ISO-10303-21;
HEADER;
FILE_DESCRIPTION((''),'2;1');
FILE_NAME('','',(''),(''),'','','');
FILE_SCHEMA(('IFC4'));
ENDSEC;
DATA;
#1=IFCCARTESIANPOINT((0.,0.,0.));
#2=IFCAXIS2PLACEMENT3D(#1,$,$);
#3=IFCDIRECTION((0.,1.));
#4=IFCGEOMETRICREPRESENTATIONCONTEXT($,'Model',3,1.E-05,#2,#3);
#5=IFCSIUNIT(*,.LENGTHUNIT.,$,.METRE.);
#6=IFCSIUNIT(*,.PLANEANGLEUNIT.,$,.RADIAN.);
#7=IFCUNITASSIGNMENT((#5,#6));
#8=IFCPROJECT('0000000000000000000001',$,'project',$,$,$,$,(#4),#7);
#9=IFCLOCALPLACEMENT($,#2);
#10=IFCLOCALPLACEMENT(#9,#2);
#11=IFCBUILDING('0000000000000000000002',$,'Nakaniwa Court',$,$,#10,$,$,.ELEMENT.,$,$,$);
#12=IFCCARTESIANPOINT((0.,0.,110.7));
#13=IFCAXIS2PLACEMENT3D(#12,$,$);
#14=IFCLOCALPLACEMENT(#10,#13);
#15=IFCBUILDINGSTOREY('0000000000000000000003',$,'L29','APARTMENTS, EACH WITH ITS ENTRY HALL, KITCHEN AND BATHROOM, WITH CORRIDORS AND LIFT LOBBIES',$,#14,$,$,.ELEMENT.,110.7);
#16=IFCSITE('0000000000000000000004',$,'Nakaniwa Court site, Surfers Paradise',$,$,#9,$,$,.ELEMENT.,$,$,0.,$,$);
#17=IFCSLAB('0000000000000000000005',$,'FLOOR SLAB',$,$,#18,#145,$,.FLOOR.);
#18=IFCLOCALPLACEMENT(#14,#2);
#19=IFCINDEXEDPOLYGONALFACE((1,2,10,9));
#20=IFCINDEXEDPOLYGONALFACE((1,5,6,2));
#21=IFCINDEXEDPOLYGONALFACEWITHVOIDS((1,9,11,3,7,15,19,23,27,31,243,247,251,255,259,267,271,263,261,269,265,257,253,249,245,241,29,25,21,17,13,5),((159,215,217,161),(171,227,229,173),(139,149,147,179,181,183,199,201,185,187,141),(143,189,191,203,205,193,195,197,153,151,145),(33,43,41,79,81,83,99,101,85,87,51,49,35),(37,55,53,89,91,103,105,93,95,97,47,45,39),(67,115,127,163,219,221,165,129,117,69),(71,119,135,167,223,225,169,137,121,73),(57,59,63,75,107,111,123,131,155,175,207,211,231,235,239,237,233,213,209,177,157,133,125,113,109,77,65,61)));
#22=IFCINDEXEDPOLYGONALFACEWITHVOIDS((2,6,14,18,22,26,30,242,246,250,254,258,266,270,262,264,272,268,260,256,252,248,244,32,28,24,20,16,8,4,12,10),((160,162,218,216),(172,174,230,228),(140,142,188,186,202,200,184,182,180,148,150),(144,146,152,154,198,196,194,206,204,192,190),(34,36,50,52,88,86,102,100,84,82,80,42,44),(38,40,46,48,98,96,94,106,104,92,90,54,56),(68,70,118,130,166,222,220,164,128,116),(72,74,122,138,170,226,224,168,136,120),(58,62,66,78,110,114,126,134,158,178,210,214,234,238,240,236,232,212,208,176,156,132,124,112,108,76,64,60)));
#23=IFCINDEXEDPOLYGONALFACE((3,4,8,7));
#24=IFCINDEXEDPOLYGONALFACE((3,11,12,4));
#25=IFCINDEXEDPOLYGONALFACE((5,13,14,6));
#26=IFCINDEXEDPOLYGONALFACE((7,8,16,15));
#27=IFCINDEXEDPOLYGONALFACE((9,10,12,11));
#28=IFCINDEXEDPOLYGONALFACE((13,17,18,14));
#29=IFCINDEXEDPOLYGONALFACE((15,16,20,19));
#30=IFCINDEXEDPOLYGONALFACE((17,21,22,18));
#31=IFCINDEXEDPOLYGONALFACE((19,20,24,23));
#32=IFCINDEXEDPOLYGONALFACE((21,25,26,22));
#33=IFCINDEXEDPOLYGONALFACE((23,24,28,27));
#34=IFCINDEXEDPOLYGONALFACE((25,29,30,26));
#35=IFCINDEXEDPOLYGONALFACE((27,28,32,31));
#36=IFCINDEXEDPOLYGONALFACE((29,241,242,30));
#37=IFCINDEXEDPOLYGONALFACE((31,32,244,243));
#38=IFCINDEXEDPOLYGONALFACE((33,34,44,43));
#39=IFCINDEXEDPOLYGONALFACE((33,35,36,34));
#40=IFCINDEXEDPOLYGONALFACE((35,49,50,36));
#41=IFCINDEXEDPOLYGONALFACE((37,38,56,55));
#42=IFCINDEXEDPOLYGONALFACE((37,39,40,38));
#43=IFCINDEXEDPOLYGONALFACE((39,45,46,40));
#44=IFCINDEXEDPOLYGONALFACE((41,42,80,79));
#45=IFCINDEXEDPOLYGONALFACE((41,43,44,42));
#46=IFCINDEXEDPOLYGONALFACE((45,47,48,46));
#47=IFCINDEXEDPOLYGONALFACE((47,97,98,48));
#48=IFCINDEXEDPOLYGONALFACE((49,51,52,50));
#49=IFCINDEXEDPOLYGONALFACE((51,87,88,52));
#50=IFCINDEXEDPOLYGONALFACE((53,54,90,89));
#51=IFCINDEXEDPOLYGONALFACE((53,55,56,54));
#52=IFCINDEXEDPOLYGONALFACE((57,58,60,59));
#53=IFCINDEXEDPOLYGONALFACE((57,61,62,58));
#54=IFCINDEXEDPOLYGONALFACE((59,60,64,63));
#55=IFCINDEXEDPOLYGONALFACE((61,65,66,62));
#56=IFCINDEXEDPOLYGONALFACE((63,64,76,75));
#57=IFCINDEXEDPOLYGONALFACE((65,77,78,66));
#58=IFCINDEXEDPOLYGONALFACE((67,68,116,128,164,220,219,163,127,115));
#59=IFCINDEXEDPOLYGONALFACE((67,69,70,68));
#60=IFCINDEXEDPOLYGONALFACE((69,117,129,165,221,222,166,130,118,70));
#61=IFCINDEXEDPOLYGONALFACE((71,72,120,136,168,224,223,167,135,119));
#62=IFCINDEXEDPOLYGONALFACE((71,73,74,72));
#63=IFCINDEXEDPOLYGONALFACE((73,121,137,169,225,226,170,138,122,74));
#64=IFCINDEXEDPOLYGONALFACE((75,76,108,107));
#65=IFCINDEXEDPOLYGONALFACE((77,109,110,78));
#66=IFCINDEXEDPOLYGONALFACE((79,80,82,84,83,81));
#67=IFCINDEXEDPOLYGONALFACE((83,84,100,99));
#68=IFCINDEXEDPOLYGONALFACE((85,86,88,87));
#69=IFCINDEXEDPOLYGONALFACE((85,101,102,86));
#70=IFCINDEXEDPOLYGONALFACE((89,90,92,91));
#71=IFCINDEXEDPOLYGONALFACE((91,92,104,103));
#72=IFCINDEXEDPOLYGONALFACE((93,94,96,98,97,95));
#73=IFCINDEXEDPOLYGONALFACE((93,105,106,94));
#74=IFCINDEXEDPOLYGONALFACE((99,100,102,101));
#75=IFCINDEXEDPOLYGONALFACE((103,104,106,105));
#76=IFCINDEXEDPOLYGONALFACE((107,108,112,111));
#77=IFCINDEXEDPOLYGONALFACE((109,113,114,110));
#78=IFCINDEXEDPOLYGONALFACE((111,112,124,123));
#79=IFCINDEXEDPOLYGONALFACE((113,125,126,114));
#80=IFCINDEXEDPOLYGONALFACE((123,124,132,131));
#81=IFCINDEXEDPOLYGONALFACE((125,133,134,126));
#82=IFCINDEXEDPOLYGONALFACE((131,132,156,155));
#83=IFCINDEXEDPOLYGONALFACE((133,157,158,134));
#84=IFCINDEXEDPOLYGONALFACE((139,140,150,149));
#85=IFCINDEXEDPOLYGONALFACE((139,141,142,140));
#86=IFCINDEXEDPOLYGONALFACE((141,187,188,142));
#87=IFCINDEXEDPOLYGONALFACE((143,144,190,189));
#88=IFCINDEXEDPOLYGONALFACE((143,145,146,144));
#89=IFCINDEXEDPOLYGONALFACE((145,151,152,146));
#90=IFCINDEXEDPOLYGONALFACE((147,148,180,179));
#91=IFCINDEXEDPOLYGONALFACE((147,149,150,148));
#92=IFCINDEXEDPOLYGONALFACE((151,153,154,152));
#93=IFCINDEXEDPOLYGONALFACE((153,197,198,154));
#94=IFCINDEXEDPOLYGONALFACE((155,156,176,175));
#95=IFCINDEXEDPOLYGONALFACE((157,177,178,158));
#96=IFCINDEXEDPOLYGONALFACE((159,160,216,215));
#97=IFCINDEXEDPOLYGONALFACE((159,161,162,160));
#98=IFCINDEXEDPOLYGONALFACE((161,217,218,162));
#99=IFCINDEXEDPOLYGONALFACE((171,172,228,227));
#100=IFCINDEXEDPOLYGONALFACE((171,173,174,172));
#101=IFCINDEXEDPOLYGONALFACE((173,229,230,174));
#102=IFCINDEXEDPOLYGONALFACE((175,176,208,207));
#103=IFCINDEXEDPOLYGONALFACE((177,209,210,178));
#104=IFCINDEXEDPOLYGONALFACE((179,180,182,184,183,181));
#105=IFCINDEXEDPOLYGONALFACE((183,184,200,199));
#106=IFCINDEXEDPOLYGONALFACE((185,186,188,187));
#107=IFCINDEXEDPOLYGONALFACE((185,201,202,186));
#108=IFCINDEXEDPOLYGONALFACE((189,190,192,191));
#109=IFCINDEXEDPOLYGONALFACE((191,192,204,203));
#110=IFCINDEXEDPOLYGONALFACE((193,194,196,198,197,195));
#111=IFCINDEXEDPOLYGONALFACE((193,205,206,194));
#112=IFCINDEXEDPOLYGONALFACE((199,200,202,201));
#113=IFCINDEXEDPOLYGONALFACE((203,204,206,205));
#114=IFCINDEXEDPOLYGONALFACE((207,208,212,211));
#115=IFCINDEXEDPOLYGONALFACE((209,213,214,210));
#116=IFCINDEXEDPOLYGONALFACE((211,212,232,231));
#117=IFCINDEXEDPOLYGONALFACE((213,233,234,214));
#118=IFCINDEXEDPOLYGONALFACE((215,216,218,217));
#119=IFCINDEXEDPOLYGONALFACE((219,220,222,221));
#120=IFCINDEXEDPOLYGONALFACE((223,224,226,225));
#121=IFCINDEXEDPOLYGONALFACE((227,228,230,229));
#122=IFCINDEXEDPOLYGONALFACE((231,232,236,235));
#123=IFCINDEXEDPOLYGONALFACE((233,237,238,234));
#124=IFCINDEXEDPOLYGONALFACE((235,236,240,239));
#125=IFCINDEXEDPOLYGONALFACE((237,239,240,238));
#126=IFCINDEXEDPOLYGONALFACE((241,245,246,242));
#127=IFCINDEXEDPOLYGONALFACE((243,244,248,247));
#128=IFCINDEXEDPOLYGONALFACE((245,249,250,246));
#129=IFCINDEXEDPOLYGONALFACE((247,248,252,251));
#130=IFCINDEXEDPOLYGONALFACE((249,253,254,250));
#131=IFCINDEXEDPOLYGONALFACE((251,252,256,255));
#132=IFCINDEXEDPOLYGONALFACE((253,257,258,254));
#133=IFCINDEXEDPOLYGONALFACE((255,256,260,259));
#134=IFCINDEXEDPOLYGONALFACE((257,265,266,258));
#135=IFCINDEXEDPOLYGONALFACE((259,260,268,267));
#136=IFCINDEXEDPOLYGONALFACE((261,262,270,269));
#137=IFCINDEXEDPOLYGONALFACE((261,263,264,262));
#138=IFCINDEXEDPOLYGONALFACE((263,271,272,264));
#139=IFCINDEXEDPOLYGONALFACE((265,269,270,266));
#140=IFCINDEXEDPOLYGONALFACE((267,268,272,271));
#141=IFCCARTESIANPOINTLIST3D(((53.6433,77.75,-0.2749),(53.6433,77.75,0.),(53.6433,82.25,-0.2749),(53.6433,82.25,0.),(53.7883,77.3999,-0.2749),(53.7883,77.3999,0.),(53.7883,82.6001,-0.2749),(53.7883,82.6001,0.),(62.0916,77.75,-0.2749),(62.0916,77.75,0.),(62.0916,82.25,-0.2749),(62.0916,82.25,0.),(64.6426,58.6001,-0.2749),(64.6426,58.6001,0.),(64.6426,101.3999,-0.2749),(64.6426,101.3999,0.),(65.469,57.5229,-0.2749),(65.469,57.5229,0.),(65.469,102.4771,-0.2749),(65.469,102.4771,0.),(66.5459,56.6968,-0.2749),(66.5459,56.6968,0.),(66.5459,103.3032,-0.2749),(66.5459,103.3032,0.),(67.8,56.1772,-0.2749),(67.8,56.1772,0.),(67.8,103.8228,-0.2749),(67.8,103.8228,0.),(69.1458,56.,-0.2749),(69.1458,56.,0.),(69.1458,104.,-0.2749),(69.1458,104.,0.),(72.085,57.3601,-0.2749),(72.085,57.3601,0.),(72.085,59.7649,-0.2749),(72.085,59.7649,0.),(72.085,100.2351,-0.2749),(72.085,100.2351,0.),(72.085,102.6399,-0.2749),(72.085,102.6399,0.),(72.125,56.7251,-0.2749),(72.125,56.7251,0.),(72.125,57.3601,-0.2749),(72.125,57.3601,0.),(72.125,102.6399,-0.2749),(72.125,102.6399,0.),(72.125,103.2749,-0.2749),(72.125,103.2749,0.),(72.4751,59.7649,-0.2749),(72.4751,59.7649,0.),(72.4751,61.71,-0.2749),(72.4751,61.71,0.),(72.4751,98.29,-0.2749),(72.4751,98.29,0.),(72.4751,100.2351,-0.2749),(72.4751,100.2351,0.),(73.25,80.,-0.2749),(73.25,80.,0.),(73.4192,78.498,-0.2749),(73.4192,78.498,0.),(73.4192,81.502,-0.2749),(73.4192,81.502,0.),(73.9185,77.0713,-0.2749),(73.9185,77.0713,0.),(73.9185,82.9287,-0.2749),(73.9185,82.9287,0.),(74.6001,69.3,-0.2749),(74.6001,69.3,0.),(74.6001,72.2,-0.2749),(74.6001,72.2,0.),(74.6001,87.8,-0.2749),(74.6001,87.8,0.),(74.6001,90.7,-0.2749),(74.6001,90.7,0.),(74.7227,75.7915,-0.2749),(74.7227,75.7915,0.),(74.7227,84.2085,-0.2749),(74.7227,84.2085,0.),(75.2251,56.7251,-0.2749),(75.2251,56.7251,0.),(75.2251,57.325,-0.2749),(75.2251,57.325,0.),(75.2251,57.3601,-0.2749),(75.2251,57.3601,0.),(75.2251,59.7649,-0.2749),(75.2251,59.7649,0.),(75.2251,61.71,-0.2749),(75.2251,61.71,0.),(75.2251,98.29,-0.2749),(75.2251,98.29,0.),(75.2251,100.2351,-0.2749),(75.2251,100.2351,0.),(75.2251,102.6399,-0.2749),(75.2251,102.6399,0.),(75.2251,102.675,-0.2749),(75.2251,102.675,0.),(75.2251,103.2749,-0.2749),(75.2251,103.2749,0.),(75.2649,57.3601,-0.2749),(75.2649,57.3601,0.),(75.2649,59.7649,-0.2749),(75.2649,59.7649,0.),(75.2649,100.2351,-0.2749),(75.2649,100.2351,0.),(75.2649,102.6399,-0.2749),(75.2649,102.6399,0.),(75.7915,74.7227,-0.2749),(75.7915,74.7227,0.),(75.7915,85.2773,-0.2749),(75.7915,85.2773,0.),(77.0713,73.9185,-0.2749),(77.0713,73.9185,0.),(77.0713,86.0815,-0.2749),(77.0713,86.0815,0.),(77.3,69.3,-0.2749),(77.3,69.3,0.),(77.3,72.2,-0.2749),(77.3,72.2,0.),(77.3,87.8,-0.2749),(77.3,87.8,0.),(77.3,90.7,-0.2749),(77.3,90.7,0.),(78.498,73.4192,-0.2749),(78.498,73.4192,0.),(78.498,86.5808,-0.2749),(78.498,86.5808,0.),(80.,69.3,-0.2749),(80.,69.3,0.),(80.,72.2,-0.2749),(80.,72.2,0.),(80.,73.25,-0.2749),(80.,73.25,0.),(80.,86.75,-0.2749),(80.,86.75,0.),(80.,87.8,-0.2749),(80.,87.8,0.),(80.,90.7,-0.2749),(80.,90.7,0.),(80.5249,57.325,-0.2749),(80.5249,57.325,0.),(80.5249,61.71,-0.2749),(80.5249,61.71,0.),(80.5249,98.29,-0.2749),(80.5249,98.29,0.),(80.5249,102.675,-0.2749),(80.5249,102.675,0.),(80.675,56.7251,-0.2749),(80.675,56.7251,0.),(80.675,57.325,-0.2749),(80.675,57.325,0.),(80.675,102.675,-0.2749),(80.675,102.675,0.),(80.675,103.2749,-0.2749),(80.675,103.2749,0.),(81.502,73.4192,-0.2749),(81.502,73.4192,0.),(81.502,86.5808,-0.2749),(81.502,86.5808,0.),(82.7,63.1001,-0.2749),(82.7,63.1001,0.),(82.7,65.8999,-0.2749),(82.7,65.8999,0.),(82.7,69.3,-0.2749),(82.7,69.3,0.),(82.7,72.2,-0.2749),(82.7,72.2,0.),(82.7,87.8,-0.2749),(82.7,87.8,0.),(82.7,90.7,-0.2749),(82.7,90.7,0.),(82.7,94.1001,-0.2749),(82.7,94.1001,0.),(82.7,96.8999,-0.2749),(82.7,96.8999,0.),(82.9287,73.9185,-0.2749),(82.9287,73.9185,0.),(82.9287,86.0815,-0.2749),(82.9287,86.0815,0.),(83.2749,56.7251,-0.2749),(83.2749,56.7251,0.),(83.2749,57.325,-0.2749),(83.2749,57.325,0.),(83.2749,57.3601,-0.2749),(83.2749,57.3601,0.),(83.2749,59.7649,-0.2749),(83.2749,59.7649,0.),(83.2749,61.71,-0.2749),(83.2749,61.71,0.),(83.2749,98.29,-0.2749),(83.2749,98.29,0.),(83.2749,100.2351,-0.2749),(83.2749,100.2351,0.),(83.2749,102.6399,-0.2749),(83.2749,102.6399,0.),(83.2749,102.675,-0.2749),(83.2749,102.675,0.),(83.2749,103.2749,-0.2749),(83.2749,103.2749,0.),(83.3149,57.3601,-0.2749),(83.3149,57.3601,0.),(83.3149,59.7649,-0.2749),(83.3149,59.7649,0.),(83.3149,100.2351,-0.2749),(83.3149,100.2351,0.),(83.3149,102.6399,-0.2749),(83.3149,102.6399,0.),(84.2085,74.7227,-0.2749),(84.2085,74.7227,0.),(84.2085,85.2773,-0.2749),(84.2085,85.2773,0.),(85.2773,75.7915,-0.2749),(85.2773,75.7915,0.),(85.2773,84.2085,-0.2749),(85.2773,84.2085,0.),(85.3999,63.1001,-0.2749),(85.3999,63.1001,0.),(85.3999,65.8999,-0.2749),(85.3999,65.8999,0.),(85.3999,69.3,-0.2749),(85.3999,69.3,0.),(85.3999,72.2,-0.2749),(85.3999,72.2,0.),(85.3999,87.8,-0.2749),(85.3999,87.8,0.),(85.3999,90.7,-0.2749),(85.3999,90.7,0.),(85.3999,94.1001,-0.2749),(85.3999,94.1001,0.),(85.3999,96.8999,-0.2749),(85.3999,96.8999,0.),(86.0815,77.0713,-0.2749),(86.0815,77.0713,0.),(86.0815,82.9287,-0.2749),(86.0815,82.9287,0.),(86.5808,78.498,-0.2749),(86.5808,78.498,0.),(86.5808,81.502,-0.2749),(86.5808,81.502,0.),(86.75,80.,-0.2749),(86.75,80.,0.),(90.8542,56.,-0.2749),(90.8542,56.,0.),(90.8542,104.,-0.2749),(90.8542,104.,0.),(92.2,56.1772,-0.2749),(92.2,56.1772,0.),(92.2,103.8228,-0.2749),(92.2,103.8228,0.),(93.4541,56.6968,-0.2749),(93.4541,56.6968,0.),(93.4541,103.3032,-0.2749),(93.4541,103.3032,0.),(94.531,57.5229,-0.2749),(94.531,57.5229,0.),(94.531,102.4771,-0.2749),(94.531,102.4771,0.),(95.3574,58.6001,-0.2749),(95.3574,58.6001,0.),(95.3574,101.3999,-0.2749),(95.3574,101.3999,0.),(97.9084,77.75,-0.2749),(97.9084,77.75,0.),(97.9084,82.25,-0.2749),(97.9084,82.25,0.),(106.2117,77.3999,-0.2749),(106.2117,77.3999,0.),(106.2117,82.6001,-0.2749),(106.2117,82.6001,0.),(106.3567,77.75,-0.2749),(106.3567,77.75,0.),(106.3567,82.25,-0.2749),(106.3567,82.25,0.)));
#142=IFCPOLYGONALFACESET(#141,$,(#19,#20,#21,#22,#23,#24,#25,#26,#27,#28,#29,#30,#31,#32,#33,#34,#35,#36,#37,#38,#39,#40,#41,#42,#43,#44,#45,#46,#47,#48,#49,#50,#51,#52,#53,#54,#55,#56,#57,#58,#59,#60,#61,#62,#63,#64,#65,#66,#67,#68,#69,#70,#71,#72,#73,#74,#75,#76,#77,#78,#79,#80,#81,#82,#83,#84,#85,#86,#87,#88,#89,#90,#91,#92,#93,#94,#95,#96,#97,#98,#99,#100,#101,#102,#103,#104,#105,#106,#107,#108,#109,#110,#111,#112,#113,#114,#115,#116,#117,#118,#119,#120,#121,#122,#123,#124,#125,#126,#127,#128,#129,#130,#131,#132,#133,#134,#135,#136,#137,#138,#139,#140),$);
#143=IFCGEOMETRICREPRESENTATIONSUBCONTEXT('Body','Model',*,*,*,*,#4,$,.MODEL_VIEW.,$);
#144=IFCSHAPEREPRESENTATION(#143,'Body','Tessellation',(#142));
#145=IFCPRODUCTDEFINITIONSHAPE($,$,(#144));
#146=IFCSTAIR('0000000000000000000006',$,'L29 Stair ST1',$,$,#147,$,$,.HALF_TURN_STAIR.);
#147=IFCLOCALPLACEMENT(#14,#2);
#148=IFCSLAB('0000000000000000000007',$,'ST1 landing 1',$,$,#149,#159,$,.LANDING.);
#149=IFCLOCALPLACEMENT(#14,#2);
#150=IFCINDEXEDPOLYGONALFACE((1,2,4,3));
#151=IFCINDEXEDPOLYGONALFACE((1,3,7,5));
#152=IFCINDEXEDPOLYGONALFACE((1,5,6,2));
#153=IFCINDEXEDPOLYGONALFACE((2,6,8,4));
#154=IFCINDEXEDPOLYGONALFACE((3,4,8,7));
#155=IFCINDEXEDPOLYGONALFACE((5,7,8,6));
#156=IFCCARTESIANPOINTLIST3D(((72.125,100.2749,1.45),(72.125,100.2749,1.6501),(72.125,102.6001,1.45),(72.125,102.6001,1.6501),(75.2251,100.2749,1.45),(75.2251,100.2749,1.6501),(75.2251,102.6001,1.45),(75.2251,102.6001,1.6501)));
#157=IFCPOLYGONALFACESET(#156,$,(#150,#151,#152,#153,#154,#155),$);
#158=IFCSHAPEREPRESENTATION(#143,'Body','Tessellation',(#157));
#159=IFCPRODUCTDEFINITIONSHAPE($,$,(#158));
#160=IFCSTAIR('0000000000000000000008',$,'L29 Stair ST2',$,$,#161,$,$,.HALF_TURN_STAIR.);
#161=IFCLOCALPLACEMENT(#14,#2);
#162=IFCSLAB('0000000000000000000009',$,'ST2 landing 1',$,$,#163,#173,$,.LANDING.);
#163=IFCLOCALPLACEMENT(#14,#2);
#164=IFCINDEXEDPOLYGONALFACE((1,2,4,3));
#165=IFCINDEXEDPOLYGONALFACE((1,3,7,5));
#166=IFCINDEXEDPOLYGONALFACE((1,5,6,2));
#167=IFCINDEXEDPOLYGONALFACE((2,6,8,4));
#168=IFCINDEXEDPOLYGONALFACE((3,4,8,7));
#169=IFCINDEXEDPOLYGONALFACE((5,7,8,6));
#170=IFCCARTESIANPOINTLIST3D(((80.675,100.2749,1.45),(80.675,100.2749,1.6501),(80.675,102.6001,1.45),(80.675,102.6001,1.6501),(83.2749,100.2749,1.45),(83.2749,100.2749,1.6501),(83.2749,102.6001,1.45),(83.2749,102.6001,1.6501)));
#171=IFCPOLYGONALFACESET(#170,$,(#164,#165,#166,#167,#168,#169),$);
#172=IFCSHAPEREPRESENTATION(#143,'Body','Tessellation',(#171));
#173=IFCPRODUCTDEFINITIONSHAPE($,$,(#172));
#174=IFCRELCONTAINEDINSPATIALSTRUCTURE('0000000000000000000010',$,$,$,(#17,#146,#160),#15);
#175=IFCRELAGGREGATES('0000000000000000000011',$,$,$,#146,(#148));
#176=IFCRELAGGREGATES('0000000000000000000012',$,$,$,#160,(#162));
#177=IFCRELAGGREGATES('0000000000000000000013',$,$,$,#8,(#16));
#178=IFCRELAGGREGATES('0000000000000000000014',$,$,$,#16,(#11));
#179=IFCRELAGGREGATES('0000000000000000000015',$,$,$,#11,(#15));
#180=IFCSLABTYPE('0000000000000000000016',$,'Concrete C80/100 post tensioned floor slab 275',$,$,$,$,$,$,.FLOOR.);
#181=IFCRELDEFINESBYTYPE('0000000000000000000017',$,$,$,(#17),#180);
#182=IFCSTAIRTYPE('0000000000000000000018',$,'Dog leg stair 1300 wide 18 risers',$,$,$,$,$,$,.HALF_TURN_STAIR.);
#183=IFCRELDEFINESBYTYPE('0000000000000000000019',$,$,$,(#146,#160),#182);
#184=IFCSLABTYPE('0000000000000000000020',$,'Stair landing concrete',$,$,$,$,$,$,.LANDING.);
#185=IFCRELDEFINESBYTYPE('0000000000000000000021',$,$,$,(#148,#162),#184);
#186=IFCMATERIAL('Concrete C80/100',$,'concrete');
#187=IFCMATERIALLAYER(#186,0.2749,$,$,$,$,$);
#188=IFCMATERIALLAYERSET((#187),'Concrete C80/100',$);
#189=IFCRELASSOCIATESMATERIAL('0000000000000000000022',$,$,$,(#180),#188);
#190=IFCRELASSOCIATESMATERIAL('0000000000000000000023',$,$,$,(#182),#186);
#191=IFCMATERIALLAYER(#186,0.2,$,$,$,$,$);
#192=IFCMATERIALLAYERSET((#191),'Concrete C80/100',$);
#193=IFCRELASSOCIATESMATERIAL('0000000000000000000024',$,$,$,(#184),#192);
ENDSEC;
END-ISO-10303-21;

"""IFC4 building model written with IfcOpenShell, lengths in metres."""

from ifc_helpers import new_model, si_unit, direction, frame, origin, place, context, subcontext, project, spatial, polyline, outline, extrude, material, layer, layer_set, type_object, element, aggregate, save


model = new_model("IFC4")

# Units and contexts
model_context = context("Model", 3, precision=1e-05, world=origin(), true_north=direction((0.0, 1.0)))
body_context = subcontext(model_context, "Body", "Model", "MODEL_VIEW")
ifc_project = project(units=[si_unit("LENGTHUNIT", "METRE"), si_unit("PLANEANGLEUNIT", "RADIAN")], contexts=[model_context])

# Site, building, storey
site_placement = place(None, origin())
site = spatial("IfcSite", under=ifc_project, at=site_placement, Name="Nakaniwa Court site, Surfers Paradise", CompositionType="ELEMENT", RefElevation=0.0)
building_placement = place(site_placement, origin())
building = spatial("IfcBuilding", under=site, at=building_placement, Name="Nakaniwa Court", CompositionType="ELEMENT")
storey_placement = place(building_placement, frame((0.0, 0.0, 110.7)))
storey = spatial("IfcBuildingStorey", under=building, at=storey_placement, Name="L29", Description="APARTMENTS, EACH WITH ITS ENTRY HALL, KITCHEN AND BATHROOM, WITH CORRIDORS AND LIFT LOBBIES", CompositionType="ELEMENT", Elevation=110.7)

# Shared definitions
ifc_material_1 = material(Name="Concrete C80/100", Category="concrete")

# Slab
ifc_layer_1 = layer(ifc_material_1, 0.2749)
ifc_layer_set_1 = layer_set([ifc_layer_1], Name="Concrete C80/100")
slab_type_1 = type_object("IfcSlabType", Name="Concrete C80/100 post tensioned floor slab 275", PredefinedType="FLOOR", material=ifc_layer_set_1)
slab_1_placement = place(storey_placement, frame((0.0, 0.0, -0.2749)))
element("IfcSlab", 1, at=slab_1_placement, inside=storey, type_object=slab_type_1, Name="FLOOR SLAB", PredefinedType="FLOOR", context=body_context, shape_type="SweptSolid", body=[
    extrude(outline(polyline([(97.9084, 82.25), (106.3567, 82.25), (106.2117, 82.6001), (95.3574, 101.3999), (94.531, 102.4771), (93.4541, 103.3032), (92.2, 103.8228), (90.8542, 104.0), (69.1458, 104.0), (67.8, 103.8228), (66.5459, 103.3032), (65.469, 102.4771), (64.6426, 101.3999), (53.7883, 82.6001), (53.6433, 82.25), (62.0916, 82.25), (62.0916, 77.75), (53.6433, 77.75), (53.7883, 77.3999), (64.6426, 58.6001), (65.469, 57.5229), (66.5459, 56.6968), (67.8, 56.1772), (69.1458, 56.0), (90.8542, 56.0), (92.2, 56.1772), (93.4541, 56.6968), (94.531, 57.5229), (95.3574, 58.6001), (106.2117, 77.3999), (106.3567, 77.75), (97.9084, 77.75), (97.9084, 82.25)]), holes=[polyline([(81.502, 86.5808), (80.0, 86.75), (78.498, 86.5808), (77.0713, 86.0815), (75.7915, 85.2773), (74.7227, 84.2085), (73.9185, 82.9287), (73.4192, 81.502), (73.25, 80.0), (73.4192, 78.498), (73.9185, 77.0713), (74.7227, 75.7915), (75.7915, 74.7227), (77.0713, 73.9185), (78.498, 73.4192), (80.0, 73.25), (81.502, 73.4192), (82.9287, 73.9185), (84.2085, 74.7227), (85.2773, 75.7915), (86.0815, 77.0713), (86.5808, 78.498), (86.75, 80.0), (86.5808, 81.502), (86.0815, 82.9287), (85.2773, 84.2085), (84.2085, 85.2773), (82.9287, 86.0815), (81.502, 86.5808)]), polyline([(75.2649, 57.3601), (75.2649, 59.7649), (75.2251, 59.7649), (75.2251, 61.71), (72.4751, 61.71), (72.4751, 59.7649), (72.085, 59.7649), (72.085, 57.3601), (72.125, 57.3601), (72.125, 56.7251), (75.2251, 56.7251), (75.2251, 57.325), (75.2251, 57.3601), (75.2649, 57.3601)]), polyline([(80.0, 69.3), (82.7, 69.3), (85.3999, 69.3), (85.3999, 72.2), (82.7, 72.2), (80.0, 72.2), (77.3, 72.2), (74.6001, 72.2), (74.6001, 69.3), (77.3, 69.3), (80.0, 69.3)]), polyline([(80.0, 87.8), (82.7, 87.8), (85.3999, 87.8), (85.3999, 90.7), (82.7, 90.7), (80.0, 90.7), (77.3, 90.7), (74.6001, 90.7), (74.6001, 87.8), (77.3, 87.8), (80.0, 87.8)]), polyline([(75.2649, 100.2351), (75.2649, 102.6399), (75.2251, 102.6399), (75.2251, 102.675), (75.2251, 103.2749), (72.125, 103.2749), (72.125, 102.6399), (72.085, 102.6399), (72.085, 100.2351), (72.4751, 100.2351), (72.4751, 98.29), (75.2251, 98.29), (75.2251, 100.2351), (75.2649, 100.2351)]), polyline([(83.2749, 61.71), (80.5249, 61.71), (80.5249, 57.325), (80.675, 57.325), (80.675, 56.7251), (83.2749, 56.7251), (83.2749, 57.325), (83.2749, 57.3601), (83.3149, 57.3601), (83.3149, 59.7649), (83.2749, 59.7649), (83.2749, 61.71)]), polyline([(85.3999, 65.8999), (82.7, 65.8999), (82.7, 63.1001), (85.3999, 63.1001), (85.3999, 65.8999)]), polyline([(85.3999, 96.8999), (82.7, 96.8999), (82.7, 94.1001), (85.3999, 94.1001), (85.3999, 96.8999)]), polyline([(83.2749, 100.2351), (83.3149, 100.2351), (83.3149, 102.6399), (83.2749, 102.6399), (83.2749, 102.675), (83.2749, 103.2749), (80.675, 103.2749), (80.675, 102.675), (80.5249, 102.675), (80.5249, 98.29), (83.2749, 98.29), (83.2749, 100.2351)])]), origin(), (0.0, 0.0, 1.0), 0.2749),
])

# Stairs, slabs
stair_type = type_object("IfcStairType", Name="Dog leg stair 1300 wide 18 risers", PredefinedType="HALF_TURN_STAIR", material=ifc_material_1)
stair_1_placement = place(storey_placement, origin())
stair_1 = element("IfcStair", 2, at=stair_1_placement, inside=storey, type_object=stair_type, Name="L29 Stair ST1", PredefinedType="HALF_TURN_STAIR")
ifc_layer_2 = layer(ifc_material_1, 0.2)
ifc_layer_set_2 = layer_set([ifc_layer_2], Name="Concrete C80/100")
slab_type_2 = type_object("IfcSlabType", Name="Stair landing concrete", PredefinedType="LANDING", material=ifc_layer_set_2)
slab_2_placement = place(storey_placement, frame((0.0, 0.0, 1.45)))
slab_2 = element("IfcSlab", 3, at=slab_2_placement, type_object=slab_type_2, Name="ST1 landing 1", PredefinedType="LANDING", context=body_context, shape_type="SweptSolid", body=[
    extrude(outline(polyline([(75.2251, 100.2749), (75.2251, 102.6001), (72.125, 102.6001), (72.125, 100.2749), (75.2251, 100.2749)])), origin(), (0.0, 0.0, 1.0), 0.2002),
])
aggregate(stair_1, [slab_2])
stair_2_placement = place(storey_placement, origin())
stair_2 = element("IfcStair", 4, at=stair_2_placement, inside=storey, type_object=stair_type, Name="L29 Stair ST2", PredefinedType="HALF_TURN_STAIR")
slab_3_placement = place(storey_placement, frame((0.0, 0.0, 1.45)))
slab_3 = element("IfcSlab", 5, at=slab_3_placement, type_object=slab_type_2, Name="ST2 landing 1", PredefinedType="LANDING", context=body_context, shape_type="SweptSolid", body=[
    extrude(outline(polyline([(83.2749, 100.2749), (83.2749, 102.6001), (80.675, 102.6001), (80.675, 100.2749), (83.2749, 100.2749)])), origin(), (0.0, 0.0, 1.0), 0.2002),
])
aggregate(stair_2, [slab_3])

save(model, "model.ifc")
